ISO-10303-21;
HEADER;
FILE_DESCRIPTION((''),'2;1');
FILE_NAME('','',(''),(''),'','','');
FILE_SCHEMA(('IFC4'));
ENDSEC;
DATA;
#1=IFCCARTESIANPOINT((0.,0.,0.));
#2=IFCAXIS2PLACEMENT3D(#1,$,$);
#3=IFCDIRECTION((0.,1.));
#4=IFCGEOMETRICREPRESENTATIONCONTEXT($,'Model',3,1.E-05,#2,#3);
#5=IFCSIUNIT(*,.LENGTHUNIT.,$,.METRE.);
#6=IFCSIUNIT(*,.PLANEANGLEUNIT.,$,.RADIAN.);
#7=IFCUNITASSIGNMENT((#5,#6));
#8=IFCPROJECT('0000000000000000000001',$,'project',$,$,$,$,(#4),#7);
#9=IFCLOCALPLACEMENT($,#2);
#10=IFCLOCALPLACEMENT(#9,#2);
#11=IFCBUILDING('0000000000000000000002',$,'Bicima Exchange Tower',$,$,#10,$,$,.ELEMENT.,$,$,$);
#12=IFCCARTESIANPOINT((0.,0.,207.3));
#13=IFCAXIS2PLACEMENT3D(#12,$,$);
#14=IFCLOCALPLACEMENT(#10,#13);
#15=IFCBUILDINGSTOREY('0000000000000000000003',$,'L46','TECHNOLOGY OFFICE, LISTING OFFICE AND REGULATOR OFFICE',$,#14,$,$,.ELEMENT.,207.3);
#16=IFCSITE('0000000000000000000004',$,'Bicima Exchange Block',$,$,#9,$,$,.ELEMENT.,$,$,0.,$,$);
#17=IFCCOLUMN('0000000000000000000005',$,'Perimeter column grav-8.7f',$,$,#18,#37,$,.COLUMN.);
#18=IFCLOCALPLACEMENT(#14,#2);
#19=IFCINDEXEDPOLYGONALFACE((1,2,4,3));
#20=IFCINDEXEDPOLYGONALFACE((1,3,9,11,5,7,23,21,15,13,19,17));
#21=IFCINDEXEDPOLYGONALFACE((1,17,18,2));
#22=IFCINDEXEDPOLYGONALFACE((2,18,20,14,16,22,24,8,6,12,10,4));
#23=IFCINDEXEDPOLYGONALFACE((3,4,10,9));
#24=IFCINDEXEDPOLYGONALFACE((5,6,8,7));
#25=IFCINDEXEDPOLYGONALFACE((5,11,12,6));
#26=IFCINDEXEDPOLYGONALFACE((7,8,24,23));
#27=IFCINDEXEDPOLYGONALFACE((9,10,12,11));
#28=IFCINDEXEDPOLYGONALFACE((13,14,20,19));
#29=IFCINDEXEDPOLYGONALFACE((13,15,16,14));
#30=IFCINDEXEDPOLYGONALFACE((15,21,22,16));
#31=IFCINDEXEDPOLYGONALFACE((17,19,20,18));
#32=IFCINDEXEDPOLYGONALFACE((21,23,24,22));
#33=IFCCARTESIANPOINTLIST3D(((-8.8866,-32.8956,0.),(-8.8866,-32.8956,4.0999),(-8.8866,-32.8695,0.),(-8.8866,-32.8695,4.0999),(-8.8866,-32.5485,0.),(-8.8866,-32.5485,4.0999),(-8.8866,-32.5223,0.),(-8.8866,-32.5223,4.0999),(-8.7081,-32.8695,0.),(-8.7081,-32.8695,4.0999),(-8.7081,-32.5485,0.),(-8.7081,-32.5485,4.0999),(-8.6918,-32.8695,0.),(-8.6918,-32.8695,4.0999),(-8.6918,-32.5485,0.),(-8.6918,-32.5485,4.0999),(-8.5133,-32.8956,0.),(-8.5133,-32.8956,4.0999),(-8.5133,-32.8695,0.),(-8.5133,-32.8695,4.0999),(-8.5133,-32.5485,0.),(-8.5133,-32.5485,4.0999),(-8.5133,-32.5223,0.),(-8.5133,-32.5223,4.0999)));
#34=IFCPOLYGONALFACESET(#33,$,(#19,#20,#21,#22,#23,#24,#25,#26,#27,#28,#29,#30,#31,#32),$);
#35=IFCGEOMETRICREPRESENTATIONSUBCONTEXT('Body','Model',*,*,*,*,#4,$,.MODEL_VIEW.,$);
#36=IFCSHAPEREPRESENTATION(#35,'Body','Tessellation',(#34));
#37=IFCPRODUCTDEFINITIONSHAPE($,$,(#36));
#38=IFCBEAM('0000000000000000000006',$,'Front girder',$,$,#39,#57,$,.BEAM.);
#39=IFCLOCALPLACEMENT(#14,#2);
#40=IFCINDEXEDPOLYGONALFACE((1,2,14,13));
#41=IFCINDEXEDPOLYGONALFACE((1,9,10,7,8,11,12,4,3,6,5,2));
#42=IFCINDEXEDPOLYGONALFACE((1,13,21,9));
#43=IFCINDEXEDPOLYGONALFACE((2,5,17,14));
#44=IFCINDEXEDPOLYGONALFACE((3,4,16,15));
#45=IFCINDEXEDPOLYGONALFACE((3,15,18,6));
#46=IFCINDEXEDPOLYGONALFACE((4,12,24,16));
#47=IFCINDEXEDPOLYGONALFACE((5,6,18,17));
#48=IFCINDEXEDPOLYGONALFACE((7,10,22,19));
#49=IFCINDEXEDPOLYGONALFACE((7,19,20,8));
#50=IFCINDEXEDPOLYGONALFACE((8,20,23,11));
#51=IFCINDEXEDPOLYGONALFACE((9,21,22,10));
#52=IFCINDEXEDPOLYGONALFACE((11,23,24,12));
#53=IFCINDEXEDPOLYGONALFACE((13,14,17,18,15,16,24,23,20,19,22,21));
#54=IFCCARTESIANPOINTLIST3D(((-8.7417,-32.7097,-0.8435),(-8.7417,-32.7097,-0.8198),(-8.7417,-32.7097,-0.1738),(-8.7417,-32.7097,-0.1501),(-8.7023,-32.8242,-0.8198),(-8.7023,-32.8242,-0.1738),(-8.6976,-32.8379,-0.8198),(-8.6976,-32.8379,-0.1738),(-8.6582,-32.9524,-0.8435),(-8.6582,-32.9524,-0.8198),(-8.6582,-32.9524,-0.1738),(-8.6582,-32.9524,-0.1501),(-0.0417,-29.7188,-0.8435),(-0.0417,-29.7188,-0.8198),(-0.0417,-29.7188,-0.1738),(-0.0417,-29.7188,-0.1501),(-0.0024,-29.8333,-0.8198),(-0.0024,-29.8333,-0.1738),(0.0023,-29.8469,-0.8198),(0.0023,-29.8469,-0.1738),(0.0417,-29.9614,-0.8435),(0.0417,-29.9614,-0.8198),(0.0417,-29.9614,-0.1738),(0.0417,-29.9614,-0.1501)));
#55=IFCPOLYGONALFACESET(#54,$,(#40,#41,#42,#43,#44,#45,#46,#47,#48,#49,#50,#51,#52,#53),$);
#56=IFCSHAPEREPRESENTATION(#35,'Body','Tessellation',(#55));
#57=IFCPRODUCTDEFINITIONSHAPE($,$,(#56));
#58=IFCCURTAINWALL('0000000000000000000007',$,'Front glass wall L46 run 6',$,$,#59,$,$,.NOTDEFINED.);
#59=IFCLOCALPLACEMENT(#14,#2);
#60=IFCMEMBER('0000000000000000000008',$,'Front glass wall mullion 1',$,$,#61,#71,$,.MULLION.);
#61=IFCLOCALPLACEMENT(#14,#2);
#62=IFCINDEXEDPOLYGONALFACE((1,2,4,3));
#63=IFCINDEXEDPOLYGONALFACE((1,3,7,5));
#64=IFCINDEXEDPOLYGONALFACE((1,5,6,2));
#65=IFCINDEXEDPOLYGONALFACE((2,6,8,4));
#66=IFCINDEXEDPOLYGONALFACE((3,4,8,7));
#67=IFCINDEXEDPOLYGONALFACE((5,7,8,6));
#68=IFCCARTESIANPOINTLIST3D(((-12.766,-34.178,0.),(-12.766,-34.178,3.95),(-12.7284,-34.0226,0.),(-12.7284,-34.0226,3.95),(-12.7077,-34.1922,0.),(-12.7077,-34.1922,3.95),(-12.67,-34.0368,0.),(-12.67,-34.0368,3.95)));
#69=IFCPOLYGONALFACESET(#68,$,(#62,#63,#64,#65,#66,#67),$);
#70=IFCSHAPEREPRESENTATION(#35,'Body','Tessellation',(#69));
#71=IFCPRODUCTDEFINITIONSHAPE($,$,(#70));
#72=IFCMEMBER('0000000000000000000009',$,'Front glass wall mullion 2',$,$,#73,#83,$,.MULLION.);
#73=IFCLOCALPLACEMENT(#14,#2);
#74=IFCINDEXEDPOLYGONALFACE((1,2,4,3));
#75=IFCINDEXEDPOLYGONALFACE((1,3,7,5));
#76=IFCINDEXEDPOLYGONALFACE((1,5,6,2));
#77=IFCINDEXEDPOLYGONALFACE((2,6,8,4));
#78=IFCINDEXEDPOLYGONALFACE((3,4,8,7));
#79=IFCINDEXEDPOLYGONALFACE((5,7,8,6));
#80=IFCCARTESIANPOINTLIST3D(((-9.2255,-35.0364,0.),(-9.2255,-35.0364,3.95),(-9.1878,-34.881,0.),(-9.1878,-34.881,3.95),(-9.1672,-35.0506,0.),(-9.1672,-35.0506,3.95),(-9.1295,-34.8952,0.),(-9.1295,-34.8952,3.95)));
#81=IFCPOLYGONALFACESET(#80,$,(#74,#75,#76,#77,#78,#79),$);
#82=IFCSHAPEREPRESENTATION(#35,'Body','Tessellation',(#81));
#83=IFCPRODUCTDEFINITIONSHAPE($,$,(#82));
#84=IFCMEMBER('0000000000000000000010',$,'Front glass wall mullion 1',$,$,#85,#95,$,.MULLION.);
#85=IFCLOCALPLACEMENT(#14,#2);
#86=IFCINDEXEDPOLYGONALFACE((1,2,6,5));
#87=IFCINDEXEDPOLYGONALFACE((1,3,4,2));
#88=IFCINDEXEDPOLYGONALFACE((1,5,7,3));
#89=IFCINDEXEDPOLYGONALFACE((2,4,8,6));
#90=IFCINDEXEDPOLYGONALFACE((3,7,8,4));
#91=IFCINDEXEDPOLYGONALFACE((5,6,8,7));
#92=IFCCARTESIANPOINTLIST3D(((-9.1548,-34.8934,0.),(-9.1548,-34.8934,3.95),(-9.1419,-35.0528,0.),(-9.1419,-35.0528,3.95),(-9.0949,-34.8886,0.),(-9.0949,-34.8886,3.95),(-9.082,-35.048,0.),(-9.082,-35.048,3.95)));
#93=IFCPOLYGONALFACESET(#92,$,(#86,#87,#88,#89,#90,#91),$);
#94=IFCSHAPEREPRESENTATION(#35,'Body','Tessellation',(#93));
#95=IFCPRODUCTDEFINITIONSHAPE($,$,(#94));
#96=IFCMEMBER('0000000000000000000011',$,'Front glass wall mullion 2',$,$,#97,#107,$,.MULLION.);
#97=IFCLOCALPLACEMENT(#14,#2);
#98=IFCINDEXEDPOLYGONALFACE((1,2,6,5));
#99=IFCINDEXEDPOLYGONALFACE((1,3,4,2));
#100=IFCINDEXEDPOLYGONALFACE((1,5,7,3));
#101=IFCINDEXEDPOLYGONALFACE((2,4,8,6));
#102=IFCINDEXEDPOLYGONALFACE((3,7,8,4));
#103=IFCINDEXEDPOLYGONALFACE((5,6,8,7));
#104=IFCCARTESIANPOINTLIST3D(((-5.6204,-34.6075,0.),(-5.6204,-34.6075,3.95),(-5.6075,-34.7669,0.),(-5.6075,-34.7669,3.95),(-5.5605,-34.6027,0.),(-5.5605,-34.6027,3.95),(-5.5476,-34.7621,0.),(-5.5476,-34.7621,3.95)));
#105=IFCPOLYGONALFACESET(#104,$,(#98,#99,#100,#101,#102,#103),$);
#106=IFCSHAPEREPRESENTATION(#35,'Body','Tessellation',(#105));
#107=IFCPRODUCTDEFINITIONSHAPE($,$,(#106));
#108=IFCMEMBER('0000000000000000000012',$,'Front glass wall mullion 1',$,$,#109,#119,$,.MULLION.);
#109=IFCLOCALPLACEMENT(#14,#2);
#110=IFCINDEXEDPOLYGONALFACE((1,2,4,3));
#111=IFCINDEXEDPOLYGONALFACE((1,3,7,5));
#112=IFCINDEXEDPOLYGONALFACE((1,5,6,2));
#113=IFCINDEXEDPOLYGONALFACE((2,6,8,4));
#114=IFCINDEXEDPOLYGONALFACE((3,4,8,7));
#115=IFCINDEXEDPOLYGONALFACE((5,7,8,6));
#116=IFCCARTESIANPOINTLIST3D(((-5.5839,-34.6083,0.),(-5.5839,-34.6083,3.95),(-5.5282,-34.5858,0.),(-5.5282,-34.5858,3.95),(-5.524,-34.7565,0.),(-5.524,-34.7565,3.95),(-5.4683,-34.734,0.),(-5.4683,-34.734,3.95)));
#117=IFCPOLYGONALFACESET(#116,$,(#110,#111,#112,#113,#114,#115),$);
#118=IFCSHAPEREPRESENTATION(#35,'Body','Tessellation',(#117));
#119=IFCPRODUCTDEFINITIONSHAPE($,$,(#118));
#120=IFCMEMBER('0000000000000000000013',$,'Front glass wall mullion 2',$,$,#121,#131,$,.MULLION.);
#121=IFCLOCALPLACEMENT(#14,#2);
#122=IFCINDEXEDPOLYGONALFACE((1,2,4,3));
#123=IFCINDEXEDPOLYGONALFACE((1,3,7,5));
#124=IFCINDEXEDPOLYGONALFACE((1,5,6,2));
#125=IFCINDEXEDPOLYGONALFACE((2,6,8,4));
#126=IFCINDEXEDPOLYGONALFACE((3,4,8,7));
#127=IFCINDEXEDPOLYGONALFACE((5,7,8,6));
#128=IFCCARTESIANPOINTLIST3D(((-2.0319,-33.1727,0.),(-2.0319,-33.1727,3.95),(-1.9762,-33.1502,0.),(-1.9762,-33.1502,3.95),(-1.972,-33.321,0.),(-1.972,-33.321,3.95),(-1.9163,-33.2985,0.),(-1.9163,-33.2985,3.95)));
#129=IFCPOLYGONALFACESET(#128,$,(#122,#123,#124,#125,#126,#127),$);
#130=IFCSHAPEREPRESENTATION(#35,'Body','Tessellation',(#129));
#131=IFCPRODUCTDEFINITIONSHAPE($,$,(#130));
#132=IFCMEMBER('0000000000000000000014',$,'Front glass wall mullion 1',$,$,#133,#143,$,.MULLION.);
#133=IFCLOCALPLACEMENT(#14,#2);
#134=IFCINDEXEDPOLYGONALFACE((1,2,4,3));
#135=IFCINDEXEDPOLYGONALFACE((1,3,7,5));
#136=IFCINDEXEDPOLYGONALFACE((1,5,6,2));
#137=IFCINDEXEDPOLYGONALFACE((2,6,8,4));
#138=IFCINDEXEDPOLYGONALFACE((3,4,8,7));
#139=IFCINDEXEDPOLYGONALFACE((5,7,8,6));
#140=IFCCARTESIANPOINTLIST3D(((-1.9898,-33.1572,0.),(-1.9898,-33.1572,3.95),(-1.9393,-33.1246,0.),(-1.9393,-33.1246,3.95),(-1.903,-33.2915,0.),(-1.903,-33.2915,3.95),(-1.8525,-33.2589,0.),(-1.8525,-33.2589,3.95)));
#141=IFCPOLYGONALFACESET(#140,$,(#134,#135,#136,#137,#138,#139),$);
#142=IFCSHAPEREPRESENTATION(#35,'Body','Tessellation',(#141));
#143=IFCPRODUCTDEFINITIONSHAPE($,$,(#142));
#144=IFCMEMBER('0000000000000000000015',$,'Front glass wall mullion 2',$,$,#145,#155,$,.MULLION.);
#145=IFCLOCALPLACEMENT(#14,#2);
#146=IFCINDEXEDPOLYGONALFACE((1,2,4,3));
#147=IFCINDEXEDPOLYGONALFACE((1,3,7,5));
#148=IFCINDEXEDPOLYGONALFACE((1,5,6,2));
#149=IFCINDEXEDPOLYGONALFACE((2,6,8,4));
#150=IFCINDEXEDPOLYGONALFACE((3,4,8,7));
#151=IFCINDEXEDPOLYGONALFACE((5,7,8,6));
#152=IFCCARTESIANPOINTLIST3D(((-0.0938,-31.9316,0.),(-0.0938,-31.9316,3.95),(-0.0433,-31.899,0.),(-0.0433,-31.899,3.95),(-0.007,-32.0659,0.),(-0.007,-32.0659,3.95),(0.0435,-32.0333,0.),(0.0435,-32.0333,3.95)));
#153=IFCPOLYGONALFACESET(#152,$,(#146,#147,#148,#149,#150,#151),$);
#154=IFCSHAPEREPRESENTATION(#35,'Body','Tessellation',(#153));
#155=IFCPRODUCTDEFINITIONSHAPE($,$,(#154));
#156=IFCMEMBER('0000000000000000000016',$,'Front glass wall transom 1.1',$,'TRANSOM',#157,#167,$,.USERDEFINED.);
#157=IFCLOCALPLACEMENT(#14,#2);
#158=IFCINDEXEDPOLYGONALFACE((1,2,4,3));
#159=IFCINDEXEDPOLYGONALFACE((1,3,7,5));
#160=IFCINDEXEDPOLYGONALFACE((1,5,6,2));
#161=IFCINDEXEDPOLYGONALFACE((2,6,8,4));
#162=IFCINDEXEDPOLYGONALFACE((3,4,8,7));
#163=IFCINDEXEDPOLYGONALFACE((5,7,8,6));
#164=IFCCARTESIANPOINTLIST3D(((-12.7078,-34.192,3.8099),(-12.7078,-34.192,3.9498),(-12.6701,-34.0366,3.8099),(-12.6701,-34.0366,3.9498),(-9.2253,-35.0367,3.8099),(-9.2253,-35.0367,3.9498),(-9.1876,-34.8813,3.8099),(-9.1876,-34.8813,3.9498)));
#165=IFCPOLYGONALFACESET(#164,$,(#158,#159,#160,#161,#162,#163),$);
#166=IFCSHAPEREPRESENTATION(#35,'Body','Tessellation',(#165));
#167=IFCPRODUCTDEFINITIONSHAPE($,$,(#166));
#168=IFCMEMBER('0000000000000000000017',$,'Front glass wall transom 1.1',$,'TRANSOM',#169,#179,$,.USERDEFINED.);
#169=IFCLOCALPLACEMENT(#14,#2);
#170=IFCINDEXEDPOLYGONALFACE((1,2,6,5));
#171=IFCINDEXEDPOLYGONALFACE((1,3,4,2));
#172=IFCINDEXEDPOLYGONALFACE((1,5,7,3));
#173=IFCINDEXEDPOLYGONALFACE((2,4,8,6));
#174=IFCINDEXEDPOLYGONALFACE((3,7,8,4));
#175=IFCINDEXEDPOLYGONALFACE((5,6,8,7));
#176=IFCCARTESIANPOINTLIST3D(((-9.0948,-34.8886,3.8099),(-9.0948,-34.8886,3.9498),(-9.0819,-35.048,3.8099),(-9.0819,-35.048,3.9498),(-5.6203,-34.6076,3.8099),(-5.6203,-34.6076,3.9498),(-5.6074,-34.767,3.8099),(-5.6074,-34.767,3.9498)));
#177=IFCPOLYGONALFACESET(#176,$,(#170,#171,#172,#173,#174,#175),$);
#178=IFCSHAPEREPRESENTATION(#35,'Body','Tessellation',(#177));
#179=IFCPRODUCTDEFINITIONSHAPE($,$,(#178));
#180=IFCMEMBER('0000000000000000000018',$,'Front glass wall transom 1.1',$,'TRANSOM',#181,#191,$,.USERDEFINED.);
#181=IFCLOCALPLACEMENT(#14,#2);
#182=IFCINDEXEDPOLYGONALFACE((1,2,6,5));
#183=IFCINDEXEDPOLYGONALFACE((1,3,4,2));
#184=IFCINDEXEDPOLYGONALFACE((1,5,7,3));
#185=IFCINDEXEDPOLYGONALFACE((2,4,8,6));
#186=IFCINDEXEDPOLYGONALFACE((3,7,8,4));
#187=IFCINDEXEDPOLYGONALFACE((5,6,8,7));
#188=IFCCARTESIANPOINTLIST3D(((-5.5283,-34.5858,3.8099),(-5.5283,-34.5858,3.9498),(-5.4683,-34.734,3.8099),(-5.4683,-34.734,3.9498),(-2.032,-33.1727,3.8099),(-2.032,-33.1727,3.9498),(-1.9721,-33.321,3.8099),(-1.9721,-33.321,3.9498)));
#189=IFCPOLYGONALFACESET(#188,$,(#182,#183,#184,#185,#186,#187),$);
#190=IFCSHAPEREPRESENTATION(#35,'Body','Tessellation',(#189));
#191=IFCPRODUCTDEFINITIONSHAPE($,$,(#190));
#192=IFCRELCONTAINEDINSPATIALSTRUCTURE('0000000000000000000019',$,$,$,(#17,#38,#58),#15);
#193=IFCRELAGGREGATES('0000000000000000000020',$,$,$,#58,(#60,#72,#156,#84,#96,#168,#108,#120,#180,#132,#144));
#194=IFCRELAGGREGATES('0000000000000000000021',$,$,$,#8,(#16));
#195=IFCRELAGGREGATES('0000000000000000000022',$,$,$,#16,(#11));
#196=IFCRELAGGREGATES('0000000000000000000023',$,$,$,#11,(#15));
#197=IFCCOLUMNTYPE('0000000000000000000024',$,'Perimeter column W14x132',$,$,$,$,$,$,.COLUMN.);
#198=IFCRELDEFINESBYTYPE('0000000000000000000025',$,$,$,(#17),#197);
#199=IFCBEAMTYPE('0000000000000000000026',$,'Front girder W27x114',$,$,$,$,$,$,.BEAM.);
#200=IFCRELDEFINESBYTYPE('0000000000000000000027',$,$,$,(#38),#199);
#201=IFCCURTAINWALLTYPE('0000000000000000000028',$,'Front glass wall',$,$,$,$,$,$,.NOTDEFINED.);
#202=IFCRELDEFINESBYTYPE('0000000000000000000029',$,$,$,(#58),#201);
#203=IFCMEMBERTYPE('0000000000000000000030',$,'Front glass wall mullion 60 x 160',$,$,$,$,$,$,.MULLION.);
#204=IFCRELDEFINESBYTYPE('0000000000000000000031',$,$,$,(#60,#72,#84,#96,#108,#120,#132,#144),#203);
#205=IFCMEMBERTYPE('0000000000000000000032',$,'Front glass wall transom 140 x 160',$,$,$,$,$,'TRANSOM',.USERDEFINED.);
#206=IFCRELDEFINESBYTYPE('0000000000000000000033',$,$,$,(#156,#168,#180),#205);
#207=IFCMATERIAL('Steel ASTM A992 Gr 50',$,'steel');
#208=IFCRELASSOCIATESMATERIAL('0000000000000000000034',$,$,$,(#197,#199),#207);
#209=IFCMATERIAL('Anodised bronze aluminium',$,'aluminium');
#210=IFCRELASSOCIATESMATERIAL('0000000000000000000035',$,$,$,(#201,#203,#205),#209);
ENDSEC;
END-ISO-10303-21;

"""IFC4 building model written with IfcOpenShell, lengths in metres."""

from ifc_helpers import new_model, si_unit, direction, frame, origin, origin_2d, place, context, subcontext, project, spatial, rectangle, i_section, extrude, material, material_profile, profile_set, type_object, element, aggregate, save


model = new_model("IFC4")

# Units and contexts
model_context = context("Model", 3, precision=1e-05, world=origin(), true_north=direction((0.0, 1.0)))
body_context = subcontext(model_context, "Body", "Model", "MODEL_VIEW")
ifc_project = project(units=[si_unit("LENGTHUNIT", "METRE"), si_unit("PLANEANGLEUNIT", "RADIAN")], contexts=[model_context])

# Site, building, storey
site_placement = place(None, origin())
site = spatial("IfcSite", under=ifc_project, at=site_placement, Name="Bicima Exchange Block", CompositionType="ELEMENT", RefElevation=0.0)
building_placement = place(site_placement, origin())
building = spatial("IfcBuilding", under=site, at=building_placement, Name="Bicima Exchange Tower", CompositionType="ELEMENT")
storey_placement = place(building_placement, frame((0.0, 0.0, 207.3)))
storey = spatial("IfcBuildingStorey", under=building, at=storey_placement, Name="L46", Description="TECHNOLOGY OFFICE, LISTING OFFICE AND REGULATOR OFFICE", CompositionType="ELEMENT", Elevation=207.3)

# Column
ifc_material_1 = material(Name="Steel ASTM A992 Gr 50", Category="steel")
ifc_material_profile_1 = material_profile(ifc_material_1, i_section(OverallWidth=0.3733, OverallDepth=0.3733, WebThickness=0.0164, FlangeThickness=0.0261, at=origin_2d()))
ifc_profile_set_1 = profile_set([ifc_material_profile_1], Name="Steel ASTM A992 Gr 50")
column_type = type_object("IfcColumnType", Name="Perimeter column W14x132", PredefinedType="COLUMN", material=ifc_profile_set_1)
column_placement = place(storey_placement, frame((-8.7, -32.709, 0.0), z_axis=(0.0, 0.0, 1.0), x_axis=(1.0, 0.0, 0.0)))
element("IfcColumn", 1, at=column_placement, inside=storey, type_object=column_type, Name="Perimeter column grav-8.7f", PredefinedType="COLUMN", context=body_context, shape_type="SweptSolid", body=[
    extrude(i_section(OverallWidth=0.3733, OverallDepth=0.3733, WebThickness=0.0164, FlangeThickness=0.0261, at=origin_2d()), origin(), (0.0, 0.0, 1.0), 4.0999),
])

# Beam
ifc_material_profile_2 = material_profile(ifc_material_1, i_section(OverallWidth=0.2566, OverallDepth=0.6934, WebThickness=0.0144, FlangeThickness=0.0237, at=origin_2d()))
ifc_profile_set_2 = profile_set([ifc_material_profile_2], Name="Steel ASTM A992 Gr 50")
beam_type = type_object("IfcBeamType", Name="Front girder W27x114", PredefinedType="BEAM", material=ifc_profile_set_2)
beam_placement = place(storey_placement, frame((-8.7, -32.8311, -0.4968), z_axis=(0.945675, 0.325115, 0.0), x_axis=(-0.325115, 0.945675, 0.0)))
element("IfcBeam", 2, at=beam_placement, inside=storey, type_object=beam_type, Name="Front girder", PredefinedType="BEAM", context=body_context, shape_type="SweptSolid", body=[
    extrude(i_section(OverallWidth=0.2566, OverallDepth=0.6934, WebThickness=0.0144, FlangeThickness=0.0237, at=origin_2d()), origin(), (0.0, 0.0, 1.0), 9.1997),
])

# Curtain wall, members
ifc_material_2 = material(Name="Anodised bronze aluminium", Category="aluminium")
curtain_wall_type = type_object("IfcCurtainWallType", Name="Front glass wall", PredefinedType="NOTDEFINED", material=ifc_material_2)
curtain_wall_placement = place(storey_placement, origin())
curtain_wall = element("IfcCurtainWall", 3, at=curtain_wall_placement, inside=storey, type_object=curtain_wall_type, Name="Front glass wall L46 run 6", PredefinedType="NOTDEFINED")
ifc_material_profile_3 = material_profile(ifc_material_2, rectangle(XDim=0.1599, YDim=0.0601, at=origin_2d()))
ifc_profile_set_3 = profile_set([ifc_material_profile_3], Name="Anodised bronze aluminium")
member_type_1 = type_object("IfcMemberType", Name="Front glass wall mullion 60 x 160", PredefinedType="MULLION", material=ifc_profile_set_3)
member_1_placement = place(storey_placement, frame((-12.718, -34.1074, 0.0), z_axis=(0.0, 0.0, 1.0), x_axis=(0.235682, 0.97183, 0.0)))
member_1 = element("IfcMember", 4, at=member_1_placement, type_object=member_type_1, Name="Front glass wall mullion 1", PredefinedType="MULLION", context=body_context, shape_type="SweptSolid", body=[
    extrude(rectangle(XDim=0.1599, YDim=0.0601, at=origin_2d()), origin(), (0.0, 0.0, 1.0), 3.95),
])
member_2_placement = place(storey_placement, frame((-9.1775, -34.9658, 0.0), z_axis=(0.0, 0.0, 1.0), x_axis=(0.235682, 0.97183, 0.0)))
member_2 = element("IfcMember", 5, at=member_2_placement, type_object=member_type_1, Name="Front glass wall mullion 2", PredefinedType="MULLION", context=body_context, shape_type="SweptSolid", body=[
    extrude(rectangle(XDim=0.1599, YDim=0.0601, at=origin_2d()), origin(), (0.0, 0.0, 1.0), 3.95),
])
member_3_placement = place(storey_placement, frame((-9.1184, -34.9707, 0.0), z_axis=(0.0, 0.0, 1.0), x_axis=(-0.080589, 0.996747, 0.0)))
member_3 = element("IfcMember", 6, at=member_3_placement, type_object=member_type_1, Name="Front glass wall mullion 1", PredefinedType="MULLION", context=body_context, shape_type="SweptSolid", body=[
    extrude(rectangle(XDim=0.1599, YDim=0.0601, at=origin_2d()), origin(), (0.0, 0.0, 1.0), 3.95),
])
member_4_placement = place(storey_placement, frame((-5.584, -34.6848, 0.0), z_axis=(0.0, 0.0, 1.0), x_axis=(-0.080589, 0.996747, 0.0)))
member_4 = element("IfcMember", 7, at=member_4_placement, type_object=member_type_1, Name="Front glass wall mullion 2", PredefinedType="MULLION", context=body_context, shape_type="SweptSolid", body=[
    extrude(rectangle(XDim=0.1599, YDim=0.0601, at=origin_2d()), origin(), (0.0, 0.0, 1.0), 3.95),
])
member_5_placement = place(storey_placement, frame((-5.5261, -34.6711, 0.0), z_axis=(0.0, 0.0, 1.0), x_axis=(-0.374705, 0.927144, 0.0)))
member_5 = element("IfcMember", 8, at=member_5_placement, type_object=member_type_1, Name="Front glass wall mullion 1", PredefinedType="MULLION", context=body_context, shape_type="SweptSolid", body=[
    extrude(rectangle(XDim=0.1599, YDim=0.0601, at=origin_2d()), origin(), (0.0, 0.0, 1.0), 3.95),
])
member_6_placement = place(storey_placement, frame((-1.9741, -33.2356, 0.0), z_axis=(0.0, 0.0, 1.0), x_axis=(-0.374705, 0.927144, 0.0)))
member_6 = element("IfcMember", 9, at=member_6_placement, type_object=member_type_1, Name="Front glass wall mullion 2", PredefinedType="MULLION", context=body_context, shape_type="SweptSolid", body=[
    extrude(rectangle(XDim=0.1599, YDim=0.0601, at=origin_2d()), origin(), (0.0, 0.0, 1.0), 3.95),
])
member_7_placement = place(storey_placement, frame((-1.9211, -33.208, 0.0), z_axis=(0.0, 0.0, 1.0), x_axis=(-0.542897, 0.839799, 0.0)))
member_7 = element("IfcMember", 10, at=member_7_placement, type_object=member_type_1, Name="Front glass wall mullion 1", PredefinedType="MULLION", context=body_context, shape_type="SweptSolid", body=[
    extrude(rectangle(XDim=0.1599, YDim=0.0601, at=origin_2d()), origin(), (0.0, 0.0, 1.0), 3.95),
])
member_8_placement = place(storey_placement, frame((-0.0251, -31.9824, 0.0), z_axis=(0.0, 0.0, 1.0), x_axis=(-0.542897, 0.839799, 0.0)))
member_8 = element("IfcMember", 11, at=member_8_placement, type_object=member_type_1, Name="Front glass wall mullion 2", PredefinedType="MULLION", context=body_context, shape_type="SweptSolid", body=[
    extrude(rectangle(XDim=0.1599, YDim=0.0601, at=origin_2d()), origin(), (0.0, 0.0, 1.0), 3.95),
])
ifc_material_profile_4 = material_profile(ifc_material_2, rectangle(XDim=0.1599, YDim=0.1399, at=origin_2d()))
ifc_profile_set_4 = profile_set([ifc_material_profile_4], Name="Anodised bronze aluminium")
member_type_2 = type_object("IfcMemberType", Name="Front glass wall transom 140 x 160", ElementType="TRANSOM", PredefinedType="USERDEFINED", material=ifc_profile_set_4)
member_9_placement = place(storey_placement, frame((-12.689, -34.1143, 3.8799), z_axis=(0.971818, -0.235733, 0.0), x_axis=(0.235733, 0.971818, 0.0)))
member_9 = element("IfcMember", 12, at=member_9_placement, type_object=member_type_2, Name="Front glass wall transom 1.1", ObjectType="TRANSOM", PredefinedType="USERDEFINED", context=body_context, shape_type="SweptSolid", body=[
    extrude(rectangle(XDim=0.1599, YDim=0.1399, at=origin_2d()), origin(), (0.0, 0.0, 1.0), 3.5835),
])
member_10_placement = place(storey_placement, frame((-9.0884, -34.9683, 3.8799), z_axis=(0.996746, 0.080611, 0.0), x_axis=(-0.080611, 0.996746, 0.0)))
member_10 = element("IfcMember", 13, at=member_10_placement, type_object=member_type_2, Name="Front glass wall transom 1.1", ObjectType="TRANSOM", PredefinedType="USERDEFINED", context=body_context, shape_type="SweptSolid", body=[
    extrude(rectangle(XDim=0.1599, YDim=0.1399, at=origin_2d()), origin(), (0.0, 0.0, 1.0), 3.4858),
])
member_11_placement = place(storey_placement, frame((-5.4983, -34.6599, 3.8799), z_axis=(0.92714, 0.374715, 0.0), x_axis=(-0.374715, 0.92714, 0.0)))
member_11 = element("IfcMember", 14, at=member_11_placement, type_object=member_type_2, Name="Front glass wall transom 1.1", ObjectType="TRANSOM", PredefinedType="USERDEFINED", context=body_context, shape_type="SweptSolid", body=[
    extrude(rectangle(XDim=0.1599, YDim=0.1399, at=origin_2d()), origin(), (0.0, 0.0, 1.0), 3.771),
])
aggregate(curtain_wall, [member_1, member_2, member_9, member_3, member_4, member_10, member_5, member_6, member_11, member_7, member_8])

save(model, "model.ifc")
